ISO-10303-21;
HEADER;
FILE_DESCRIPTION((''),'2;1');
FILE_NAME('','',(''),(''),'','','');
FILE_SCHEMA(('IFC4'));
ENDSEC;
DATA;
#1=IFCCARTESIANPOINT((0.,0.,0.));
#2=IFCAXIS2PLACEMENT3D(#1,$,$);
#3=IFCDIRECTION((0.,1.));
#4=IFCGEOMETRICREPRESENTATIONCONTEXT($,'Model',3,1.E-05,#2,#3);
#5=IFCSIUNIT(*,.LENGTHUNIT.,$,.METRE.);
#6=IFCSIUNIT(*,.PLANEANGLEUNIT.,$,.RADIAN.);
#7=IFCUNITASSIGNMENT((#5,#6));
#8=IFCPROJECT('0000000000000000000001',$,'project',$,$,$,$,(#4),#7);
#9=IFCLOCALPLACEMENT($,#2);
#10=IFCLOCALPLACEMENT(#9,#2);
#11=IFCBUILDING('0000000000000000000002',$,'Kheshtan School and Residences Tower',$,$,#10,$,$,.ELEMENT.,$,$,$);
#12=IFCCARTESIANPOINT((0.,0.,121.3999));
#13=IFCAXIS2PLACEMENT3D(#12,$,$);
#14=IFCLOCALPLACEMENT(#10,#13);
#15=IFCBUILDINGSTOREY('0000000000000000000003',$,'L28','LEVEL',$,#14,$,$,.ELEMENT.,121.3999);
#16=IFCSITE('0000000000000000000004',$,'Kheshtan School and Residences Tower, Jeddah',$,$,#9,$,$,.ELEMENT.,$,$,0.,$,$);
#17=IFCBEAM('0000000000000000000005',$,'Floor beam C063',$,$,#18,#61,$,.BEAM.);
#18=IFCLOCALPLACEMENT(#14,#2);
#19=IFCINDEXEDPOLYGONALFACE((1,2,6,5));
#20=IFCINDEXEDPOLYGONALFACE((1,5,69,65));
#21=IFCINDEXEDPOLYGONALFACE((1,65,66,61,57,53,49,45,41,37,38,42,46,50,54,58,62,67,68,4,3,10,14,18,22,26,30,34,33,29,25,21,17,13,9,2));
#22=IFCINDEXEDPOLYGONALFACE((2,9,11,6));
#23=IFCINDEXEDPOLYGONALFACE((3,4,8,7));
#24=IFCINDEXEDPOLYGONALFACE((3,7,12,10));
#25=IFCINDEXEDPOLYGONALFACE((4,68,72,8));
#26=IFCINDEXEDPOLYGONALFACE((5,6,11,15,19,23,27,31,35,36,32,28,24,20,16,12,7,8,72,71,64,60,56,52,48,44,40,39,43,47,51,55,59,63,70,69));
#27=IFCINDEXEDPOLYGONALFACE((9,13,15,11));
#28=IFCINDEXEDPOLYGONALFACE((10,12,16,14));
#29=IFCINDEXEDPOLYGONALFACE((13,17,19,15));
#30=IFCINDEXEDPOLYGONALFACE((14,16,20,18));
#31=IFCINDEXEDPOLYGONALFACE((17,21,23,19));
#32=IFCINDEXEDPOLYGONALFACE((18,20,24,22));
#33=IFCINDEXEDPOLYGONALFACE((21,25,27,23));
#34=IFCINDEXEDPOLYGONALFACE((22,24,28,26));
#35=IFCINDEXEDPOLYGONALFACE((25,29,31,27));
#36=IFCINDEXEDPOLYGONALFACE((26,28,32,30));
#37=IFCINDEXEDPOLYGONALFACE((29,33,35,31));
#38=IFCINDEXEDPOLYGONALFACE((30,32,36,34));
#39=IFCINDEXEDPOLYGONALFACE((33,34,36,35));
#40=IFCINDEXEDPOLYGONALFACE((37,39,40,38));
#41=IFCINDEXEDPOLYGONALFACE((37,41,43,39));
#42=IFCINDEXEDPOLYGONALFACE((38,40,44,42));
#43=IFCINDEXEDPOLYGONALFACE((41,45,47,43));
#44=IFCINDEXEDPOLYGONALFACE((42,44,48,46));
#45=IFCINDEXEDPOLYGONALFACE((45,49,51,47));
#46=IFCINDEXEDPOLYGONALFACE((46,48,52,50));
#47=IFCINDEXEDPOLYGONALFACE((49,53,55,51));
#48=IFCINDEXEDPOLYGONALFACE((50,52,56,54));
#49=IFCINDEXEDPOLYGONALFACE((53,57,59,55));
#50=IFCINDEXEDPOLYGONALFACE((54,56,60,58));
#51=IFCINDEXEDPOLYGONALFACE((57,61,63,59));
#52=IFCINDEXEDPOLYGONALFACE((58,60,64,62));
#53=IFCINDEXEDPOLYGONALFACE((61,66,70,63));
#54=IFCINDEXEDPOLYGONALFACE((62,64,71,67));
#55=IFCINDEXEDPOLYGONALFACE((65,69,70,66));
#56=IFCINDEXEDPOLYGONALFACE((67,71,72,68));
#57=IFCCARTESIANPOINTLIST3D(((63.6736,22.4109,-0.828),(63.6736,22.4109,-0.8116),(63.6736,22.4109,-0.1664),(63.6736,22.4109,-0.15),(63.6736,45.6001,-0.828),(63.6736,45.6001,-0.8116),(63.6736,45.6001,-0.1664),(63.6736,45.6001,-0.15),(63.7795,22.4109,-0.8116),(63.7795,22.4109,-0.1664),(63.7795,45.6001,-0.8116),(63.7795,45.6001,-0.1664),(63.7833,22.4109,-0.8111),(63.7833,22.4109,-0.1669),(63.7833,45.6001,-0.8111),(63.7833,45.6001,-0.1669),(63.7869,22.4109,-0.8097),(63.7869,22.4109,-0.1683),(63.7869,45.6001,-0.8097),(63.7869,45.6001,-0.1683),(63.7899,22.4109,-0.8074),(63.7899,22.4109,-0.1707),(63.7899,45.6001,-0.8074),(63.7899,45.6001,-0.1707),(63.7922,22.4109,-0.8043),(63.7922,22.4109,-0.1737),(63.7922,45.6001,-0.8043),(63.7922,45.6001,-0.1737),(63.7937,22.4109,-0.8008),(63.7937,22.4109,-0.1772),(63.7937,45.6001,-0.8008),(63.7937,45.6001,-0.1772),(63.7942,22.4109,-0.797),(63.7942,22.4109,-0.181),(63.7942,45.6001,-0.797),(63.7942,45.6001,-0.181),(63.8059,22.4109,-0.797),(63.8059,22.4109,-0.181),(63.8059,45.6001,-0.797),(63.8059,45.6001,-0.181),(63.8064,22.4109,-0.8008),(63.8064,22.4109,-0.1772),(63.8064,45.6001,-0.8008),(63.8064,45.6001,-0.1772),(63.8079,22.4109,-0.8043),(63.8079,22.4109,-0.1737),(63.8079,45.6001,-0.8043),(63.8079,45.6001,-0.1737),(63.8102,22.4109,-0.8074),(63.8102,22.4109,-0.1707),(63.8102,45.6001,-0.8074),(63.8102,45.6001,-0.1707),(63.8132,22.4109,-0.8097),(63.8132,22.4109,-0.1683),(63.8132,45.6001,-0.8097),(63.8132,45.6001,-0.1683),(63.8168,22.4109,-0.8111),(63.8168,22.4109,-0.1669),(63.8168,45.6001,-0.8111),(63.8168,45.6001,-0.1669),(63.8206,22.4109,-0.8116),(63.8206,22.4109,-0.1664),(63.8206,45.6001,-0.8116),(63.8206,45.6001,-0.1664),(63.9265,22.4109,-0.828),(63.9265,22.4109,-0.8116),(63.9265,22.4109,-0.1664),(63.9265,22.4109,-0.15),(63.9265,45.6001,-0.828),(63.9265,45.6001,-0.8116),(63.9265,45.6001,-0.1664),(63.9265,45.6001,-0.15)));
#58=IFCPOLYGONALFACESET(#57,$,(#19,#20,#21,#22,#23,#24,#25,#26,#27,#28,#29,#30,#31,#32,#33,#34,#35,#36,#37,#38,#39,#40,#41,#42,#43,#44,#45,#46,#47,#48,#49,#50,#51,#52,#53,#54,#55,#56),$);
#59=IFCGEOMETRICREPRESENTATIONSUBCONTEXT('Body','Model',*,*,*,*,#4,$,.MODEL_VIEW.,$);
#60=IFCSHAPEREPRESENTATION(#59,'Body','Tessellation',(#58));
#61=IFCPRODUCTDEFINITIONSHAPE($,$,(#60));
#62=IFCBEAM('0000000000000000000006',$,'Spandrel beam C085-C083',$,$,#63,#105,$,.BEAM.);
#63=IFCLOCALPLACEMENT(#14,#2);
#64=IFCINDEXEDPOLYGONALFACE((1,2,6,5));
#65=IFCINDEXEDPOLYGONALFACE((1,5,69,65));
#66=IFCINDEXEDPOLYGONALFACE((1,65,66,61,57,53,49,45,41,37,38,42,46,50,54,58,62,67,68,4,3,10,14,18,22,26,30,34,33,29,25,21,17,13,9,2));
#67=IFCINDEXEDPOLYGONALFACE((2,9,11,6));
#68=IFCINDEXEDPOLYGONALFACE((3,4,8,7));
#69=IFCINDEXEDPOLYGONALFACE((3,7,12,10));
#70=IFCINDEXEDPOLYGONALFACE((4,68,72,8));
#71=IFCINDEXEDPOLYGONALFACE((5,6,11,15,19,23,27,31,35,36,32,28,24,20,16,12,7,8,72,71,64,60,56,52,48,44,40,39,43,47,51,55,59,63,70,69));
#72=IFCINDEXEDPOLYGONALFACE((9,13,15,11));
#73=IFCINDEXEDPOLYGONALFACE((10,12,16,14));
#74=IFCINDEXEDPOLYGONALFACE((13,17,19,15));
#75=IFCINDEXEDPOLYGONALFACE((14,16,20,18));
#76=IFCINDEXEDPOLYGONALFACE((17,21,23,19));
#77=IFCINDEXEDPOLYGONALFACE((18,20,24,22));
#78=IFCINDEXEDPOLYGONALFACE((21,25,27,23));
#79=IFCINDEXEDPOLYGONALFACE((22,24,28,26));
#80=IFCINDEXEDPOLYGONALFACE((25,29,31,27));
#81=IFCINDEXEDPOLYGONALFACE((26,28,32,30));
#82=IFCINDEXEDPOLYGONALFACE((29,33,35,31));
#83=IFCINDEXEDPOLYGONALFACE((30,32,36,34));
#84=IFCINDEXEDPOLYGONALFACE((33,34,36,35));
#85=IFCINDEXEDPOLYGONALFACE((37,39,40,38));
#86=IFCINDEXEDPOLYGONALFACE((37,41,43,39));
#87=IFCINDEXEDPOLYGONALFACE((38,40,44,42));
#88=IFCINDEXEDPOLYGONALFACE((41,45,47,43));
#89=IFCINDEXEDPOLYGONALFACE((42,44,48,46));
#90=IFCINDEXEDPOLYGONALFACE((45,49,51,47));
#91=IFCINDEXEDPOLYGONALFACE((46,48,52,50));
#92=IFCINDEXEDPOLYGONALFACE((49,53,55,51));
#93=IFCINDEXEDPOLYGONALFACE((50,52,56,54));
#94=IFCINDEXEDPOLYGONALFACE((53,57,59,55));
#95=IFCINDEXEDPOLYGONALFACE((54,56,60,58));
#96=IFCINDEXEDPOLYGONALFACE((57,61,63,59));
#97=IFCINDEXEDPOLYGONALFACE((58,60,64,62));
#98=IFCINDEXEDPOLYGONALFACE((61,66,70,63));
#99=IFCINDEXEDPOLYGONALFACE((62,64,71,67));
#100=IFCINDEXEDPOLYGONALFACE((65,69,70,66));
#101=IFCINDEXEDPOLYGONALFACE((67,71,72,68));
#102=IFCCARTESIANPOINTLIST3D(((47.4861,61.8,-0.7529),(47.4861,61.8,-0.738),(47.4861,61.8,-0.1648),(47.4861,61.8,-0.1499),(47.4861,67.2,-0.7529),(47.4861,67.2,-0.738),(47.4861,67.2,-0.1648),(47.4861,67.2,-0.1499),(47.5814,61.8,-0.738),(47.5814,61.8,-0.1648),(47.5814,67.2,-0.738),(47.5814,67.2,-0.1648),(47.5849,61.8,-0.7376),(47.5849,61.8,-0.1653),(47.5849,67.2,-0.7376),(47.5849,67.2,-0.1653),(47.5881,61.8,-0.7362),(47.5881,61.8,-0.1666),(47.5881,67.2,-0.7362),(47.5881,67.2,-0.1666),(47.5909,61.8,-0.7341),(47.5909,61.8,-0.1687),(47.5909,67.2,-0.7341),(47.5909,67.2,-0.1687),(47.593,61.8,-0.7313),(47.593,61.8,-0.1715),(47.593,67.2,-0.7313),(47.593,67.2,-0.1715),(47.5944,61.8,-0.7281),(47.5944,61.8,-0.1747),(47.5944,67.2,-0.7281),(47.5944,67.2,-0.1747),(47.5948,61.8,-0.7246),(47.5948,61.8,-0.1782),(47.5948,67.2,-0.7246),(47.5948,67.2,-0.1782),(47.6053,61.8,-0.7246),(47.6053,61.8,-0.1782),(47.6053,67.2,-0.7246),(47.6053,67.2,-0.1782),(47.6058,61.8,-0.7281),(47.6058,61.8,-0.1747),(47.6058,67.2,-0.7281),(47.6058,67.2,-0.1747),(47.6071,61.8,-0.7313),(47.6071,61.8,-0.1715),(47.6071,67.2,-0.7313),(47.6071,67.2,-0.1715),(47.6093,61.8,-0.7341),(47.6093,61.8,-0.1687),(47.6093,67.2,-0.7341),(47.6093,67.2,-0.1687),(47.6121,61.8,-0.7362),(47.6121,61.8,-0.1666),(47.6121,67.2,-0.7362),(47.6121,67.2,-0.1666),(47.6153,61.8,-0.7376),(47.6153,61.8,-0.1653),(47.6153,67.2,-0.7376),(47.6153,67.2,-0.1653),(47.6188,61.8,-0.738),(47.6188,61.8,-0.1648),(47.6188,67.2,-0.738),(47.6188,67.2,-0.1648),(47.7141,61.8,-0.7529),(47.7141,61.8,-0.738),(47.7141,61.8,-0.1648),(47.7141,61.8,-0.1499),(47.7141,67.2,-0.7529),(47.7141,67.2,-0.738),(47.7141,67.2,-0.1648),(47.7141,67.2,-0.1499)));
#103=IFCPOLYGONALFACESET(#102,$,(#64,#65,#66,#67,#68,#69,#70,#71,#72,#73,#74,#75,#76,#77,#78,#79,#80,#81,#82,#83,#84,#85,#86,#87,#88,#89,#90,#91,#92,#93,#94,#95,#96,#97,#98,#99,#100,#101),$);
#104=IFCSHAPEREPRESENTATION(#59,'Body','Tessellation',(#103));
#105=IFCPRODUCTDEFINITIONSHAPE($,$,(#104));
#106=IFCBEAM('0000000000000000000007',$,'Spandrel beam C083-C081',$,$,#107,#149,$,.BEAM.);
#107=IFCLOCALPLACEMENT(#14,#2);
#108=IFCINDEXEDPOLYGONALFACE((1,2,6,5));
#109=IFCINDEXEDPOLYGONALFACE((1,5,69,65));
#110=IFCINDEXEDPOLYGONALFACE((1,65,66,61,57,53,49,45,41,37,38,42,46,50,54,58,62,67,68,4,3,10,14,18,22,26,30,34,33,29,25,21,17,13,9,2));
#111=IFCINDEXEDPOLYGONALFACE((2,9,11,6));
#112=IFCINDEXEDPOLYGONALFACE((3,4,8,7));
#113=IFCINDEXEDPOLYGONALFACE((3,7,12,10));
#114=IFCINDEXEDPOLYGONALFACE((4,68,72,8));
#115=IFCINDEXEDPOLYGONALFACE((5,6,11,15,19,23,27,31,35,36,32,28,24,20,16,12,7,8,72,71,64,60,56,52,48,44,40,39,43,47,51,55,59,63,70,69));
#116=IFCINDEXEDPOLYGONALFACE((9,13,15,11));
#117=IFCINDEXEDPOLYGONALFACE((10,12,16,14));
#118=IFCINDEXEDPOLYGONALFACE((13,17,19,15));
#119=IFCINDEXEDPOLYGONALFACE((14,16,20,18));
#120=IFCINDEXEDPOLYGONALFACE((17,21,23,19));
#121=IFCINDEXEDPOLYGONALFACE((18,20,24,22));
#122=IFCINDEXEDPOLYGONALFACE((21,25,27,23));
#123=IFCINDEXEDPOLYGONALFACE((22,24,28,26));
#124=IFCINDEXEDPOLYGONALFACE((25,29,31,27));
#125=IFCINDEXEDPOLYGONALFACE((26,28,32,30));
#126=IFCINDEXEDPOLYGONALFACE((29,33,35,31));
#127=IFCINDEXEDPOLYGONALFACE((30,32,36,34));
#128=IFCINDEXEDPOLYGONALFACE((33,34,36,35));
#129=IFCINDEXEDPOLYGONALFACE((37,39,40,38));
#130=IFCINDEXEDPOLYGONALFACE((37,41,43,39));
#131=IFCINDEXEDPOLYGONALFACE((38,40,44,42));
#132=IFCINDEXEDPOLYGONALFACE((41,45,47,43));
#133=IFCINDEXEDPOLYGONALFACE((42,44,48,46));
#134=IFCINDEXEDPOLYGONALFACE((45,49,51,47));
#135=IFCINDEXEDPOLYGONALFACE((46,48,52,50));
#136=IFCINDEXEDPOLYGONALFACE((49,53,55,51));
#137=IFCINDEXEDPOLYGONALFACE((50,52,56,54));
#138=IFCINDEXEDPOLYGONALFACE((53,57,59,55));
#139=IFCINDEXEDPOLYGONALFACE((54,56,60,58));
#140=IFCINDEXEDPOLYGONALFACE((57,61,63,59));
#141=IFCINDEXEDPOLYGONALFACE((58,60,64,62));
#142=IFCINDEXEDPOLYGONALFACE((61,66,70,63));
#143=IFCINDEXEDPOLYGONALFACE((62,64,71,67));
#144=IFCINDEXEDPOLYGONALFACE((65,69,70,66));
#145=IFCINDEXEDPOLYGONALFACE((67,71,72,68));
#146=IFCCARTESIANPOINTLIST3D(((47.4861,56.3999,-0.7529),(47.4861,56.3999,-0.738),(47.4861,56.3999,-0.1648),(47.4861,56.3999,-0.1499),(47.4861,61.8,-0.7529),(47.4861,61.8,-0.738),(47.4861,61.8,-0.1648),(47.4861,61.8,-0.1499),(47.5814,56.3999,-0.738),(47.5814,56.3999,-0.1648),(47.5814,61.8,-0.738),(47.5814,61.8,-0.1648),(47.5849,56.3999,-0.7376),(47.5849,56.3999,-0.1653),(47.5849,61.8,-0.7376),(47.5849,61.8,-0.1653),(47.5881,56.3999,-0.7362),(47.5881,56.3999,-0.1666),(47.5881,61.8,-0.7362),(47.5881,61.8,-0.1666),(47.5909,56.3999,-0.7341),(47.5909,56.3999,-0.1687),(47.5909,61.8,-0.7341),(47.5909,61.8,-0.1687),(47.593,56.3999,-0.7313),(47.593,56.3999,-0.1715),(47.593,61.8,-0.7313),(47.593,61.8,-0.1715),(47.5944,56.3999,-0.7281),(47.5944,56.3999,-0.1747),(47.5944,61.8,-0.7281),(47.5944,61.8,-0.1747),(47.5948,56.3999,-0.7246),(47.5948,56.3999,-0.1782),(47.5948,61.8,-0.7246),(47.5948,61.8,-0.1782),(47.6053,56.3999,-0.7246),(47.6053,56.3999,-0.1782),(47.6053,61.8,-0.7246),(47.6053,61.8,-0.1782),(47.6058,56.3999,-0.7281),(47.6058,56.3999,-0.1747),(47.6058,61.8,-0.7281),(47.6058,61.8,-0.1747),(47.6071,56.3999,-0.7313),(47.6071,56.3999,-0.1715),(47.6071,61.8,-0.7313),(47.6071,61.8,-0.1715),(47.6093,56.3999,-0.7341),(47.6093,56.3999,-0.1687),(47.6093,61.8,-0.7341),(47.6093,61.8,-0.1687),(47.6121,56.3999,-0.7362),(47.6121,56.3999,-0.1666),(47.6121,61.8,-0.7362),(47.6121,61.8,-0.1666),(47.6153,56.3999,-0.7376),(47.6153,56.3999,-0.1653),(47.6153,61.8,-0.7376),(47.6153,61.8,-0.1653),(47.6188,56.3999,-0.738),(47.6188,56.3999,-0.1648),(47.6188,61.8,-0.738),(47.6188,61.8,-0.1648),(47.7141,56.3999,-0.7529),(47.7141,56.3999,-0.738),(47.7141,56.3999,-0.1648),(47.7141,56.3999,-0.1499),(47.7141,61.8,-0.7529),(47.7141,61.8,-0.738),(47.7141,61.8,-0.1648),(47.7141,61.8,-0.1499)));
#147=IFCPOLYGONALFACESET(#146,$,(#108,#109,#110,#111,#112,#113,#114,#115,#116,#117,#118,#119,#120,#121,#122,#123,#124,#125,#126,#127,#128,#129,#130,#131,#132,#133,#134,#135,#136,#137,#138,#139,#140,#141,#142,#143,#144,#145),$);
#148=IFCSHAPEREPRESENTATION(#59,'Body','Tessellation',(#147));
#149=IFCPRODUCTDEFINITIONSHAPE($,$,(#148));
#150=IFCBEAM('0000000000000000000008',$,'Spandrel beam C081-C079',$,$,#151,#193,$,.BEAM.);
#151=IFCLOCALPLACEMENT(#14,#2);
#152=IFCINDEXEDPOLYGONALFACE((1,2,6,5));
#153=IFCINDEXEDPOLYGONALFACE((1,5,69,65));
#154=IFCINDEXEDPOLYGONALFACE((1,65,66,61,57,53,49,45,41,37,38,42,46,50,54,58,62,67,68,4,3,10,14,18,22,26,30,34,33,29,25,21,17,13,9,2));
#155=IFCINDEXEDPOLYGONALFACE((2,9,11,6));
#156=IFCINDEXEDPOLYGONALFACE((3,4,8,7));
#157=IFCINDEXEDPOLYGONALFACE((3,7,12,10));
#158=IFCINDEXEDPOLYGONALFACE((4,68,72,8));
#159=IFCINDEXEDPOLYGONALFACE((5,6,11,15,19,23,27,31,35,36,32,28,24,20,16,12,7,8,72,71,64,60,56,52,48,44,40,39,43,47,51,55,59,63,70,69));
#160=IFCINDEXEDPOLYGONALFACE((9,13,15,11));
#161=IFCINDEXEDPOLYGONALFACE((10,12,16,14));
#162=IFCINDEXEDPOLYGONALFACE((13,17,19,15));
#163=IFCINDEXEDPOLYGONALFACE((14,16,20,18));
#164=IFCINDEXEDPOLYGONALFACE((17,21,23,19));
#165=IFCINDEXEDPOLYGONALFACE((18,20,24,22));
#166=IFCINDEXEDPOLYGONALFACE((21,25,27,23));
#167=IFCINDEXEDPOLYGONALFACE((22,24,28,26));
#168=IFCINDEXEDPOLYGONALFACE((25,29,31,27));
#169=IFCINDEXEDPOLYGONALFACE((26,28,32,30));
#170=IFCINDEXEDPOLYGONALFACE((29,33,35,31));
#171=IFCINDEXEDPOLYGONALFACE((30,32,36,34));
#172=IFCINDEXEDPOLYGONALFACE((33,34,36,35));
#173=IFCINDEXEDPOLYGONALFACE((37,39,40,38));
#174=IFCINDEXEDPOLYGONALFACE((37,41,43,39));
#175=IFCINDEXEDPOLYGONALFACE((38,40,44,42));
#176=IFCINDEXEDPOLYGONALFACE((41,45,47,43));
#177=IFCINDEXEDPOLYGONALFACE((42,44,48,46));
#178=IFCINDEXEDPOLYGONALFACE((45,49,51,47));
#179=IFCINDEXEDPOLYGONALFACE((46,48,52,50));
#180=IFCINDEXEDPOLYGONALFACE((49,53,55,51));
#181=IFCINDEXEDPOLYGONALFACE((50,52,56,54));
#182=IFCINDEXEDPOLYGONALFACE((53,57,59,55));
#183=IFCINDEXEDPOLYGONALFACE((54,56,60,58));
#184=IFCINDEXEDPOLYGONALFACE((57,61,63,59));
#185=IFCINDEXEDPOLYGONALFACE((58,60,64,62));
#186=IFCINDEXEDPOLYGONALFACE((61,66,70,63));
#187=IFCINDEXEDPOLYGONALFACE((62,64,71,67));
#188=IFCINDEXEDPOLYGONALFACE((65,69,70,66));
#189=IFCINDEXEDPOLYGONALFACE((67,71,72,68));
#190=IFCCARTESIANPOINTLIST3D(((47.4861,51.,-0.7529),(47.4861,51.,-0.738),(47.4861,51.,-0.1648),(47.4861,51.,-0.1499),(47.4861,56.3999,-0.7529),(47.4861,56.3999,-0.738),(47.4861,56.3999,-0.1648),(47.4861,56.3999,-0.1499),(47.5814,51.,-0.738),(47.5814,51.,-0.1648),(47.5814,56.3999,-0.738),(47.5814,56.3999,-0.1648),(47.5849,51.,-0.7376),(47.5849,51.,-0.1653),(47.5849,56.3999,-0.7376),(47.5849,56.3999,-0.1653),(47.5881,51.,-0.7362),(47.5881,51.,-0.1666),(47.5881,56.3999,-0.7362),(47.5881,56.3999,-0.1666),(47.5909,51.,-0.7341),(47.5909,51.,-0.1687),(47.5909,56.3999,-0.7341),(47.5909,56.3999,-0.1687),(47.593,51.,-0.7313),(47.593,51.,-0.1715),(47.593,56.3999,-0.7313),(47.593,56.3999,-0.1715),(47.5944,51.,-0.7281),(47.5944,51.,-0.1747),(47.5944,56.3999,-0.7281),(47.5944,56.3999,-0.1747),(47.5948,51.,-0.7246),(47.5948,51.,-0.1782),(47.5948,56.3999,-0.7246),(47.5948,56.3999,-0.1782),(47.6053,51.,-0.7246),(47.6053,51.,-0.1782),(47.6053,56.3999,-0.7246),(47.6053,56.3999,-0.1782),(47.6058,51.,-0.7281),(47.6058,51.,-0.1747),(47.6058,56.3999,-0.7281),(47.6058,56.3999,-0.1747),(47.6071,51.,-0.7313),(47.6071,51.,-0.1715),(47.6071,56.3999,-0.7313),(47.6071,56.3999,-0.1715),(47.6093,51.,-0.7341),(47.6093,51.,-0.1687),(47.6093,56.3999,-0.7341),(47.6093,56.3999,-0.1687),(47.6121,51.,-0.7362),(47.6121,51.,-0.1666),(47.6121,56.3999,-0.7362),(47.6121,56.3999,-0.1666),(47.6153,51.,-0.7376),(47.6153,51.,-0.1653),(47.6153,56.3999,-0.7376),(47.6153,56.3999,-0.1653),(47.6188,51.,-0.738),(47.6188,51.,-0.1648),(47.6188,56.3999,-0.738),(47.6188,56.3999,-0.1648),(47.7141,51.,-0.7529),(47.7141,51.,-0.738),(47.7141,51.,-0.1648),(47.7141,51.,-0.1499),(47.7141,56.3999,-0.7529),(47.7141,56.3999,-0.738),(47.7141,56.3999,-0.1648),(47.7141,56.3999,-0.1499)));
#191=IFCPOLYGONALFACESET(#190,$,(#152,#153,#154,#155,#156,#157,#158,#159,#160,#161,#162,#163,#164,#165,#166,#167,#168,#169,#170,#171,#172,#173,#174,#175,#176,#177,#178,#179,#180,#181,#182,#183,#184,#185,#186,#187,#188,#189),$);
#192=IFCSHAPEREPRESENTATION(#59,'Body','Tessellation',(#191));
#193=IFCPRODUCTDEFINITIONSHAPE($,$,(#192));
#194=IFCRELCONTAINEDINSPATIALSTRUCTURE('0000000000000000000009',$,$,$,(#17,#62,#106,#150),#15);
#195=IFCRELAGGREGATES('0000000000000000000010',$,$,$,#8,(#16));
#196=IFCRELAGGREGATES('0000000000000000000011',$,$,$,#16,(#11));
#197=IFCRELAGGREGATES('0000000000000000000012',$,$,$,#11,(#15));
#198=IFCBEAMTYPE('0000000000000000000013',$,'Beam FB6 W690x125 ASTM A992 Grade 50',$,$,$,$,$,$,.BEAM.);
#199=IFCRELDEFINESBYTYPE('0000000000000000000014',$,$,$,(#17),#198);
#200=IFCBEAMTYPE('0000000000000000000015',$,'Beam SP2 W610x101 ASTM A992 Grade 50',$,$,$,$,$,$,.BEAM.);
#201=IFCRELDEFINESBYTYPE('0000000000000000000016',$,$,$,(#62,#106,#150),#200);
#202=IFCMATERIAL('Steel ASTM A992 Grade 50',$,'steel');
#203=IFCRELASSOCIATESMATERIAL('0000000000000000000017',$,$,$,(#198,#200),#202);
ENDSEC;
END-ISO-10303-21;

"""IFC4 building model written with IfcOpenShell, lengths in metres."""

from ifc_helpers import new_model, si_unit, direction, frame, origin, origin_2d, place, context, subcontext, project, spatial, i_section, extrude, material, material_profile, profile_set, type_object, element, save


model = new_model("IFC4")

# Units and contexts
model_context = context("Model", 3, precision=1e-05, world=origin(), true_north=direction((0.0, 1.0)))
body_context = subcontext(model_context, "Body", "Model", "MODEL_VIEW")
ifc_project = project(units=[si_unit("LENGTHUNIT", "METRE"), si_unit("PLANEANGLEUNIT", "RADIAN")], contexts=[model_context])

# Site, building, storey
site_placement = place(None, origin())
site = spatial("IfcSite", under=ifc_project, at=site_placement, Name="Kheshtan School and Residences Tower, Jeddah", CompositionType="ELEMENT", RefElevation=0.0)
building_placement = place(site_placement, origin())
building = spatial("IfcBuilding", under=site, at=building_placement, Name="Kheshtan School and Residences Tower", CompositionType="ELEMENT")
storey_placement = place(building_placement, frame((0.0, 0.0, 121.3999)))
storey = spatial("IfcBuildingStorey", under=building, at=storey_placement, Name="L28", Description="LEVEL", CompositionType="ELEMENT", Elevation=121.3999)

# Shared definitions
ifc_material_1 = material(Name="Steel ASTM A992 Grade 50", Category="steel")

# Beams
ifc_material_profile_1 = material_profile(ifc_material_1, i_section(OverallWidth=0.2529, OverallDepth=0.678, WebThickness=0.0117, FlangeThickness=0.0164, FilletRadius=0.0146, at=origin_2d()), Name="W690x125")
ifc_profile_set_1 = profile_set([ifc_material_profile_1], Name="Steel ASTM A992 Grade 50")
beam_type_1 = type_object("IfcBeamType", Name="Beam FB6 W690x125 ASTM A992 Grade 50", PredefinedType="BEAM", material=ifc_profile_set_1)
beam_1_placement = place(storey_placement, frame((63.8, 45.6001, -0.489), z_axis=(0.0, -1.0, 0.0), x_axis=(1.0, 0.0, 0.0)))
element("IfcBeam", 1, at=beam_1_placement, inside=storey, type_object=beam_type_1, Name="Floor beam C063", PredefinedType="BEAM", context=body_context, shape_type="SweptSolid", body=[
    extrude(i_section(OverallWidth=0.2529, OverallDepth=0.678, WebThickness=0.0117, FlangeThickness=0.0164, FilletRadius=0.0146, at=origin_2d()), origin(), (0.0, 0.0, 1.0), 23.1892),
])
ifc_material_profile_2 = material_profile(ifc_material_1, i_section(OverallWidth=0.228, OverallDepth=0.603, WebThickness=0.0105, FlangeThickness=0.0149, FilletRadius=0.0134, at=origin_2d()), Name="W610x101")
ifc_profile_set_2 = profile_set([ifc_material_profile_2], Name="Steel ASTM A992 Grade 50")
beam_type_2 = type_object("IfcBeamType", Name="Beam SP2 W610x101 ASTM A992 Grade 50", PredefinedType="BEAM", material=ifc_profile_set_2)
beam_2_placement = place(storey_placement, frame((47.6001, 67.2, -0.4514), z_axis=(0.0, -1.0, 0.0), x_axis=(1.0, 0.0, 0.0)))
element("IfcBeam", 2, at=beam_2_placement, inside=storey, type_object=beam_type_2, Name="Spandrel beam C085-C083", PredefinedType="BEAM", context=body_context, shape_type="SweptSolid", body=[
    extrude(i_section(OverallWidth=0.228, OverallDepth=0.603, WebThickness=0.0105, FlangeThickness=0.0149, FilletRadius=0.0134, at=origin_2d()), origin(), (0.0, 0.0, 1.0), 5.3999),
])
beam_3_placement = place(storey_placement, frame((47.6001, 61.8, -0.4514), z_axis=(0.0, -1.0, 0.0), x_axis=(1.0, 0.0, 0.0)))
element("IfcBeam", 3, at=beam_3_placement, inside=storey, type_object=beam_type_2, Name="Spandrel beam C083-C081", PredefinedType="BEAM", context=body_context, shape_type="SweptSolid", body=[
    extrude(i_section(OverallWidth=0.228, OverallDepth=0.603, WebThickness=0.0105, FlangeThickness=0.0149, FilletRadius=0.0134, at=origin_2d()), origin(), (0.0, 0.0, 1.0), 5.4001),
])
beam_4_placement = place(storey_placement, frame((47.6001, 56.3999, -0.4514), z_axis=(0.0, -1.0, 0.0), x_axis=(1.0, 0.0, 0.0)))
element("IfcBeam", 4, at=beam_4_placement, inside=storey, type_object=beam_type_2, Name="Spandrel beam C081-C079", PredefinedType="BEAM", context=body_context, shape_type="SweptSolid", body=[
    extrude(i_section(OverallWidth=0.228, OverallDepth=0.603, WebThickness=0.0105, FlangeThickness=0.0149, FilletRadius=0.0134, at=origin_2d()), origin(), (0.0, 0.0, 1.0), 5.3999),
])

save(model, "model.ifc")
